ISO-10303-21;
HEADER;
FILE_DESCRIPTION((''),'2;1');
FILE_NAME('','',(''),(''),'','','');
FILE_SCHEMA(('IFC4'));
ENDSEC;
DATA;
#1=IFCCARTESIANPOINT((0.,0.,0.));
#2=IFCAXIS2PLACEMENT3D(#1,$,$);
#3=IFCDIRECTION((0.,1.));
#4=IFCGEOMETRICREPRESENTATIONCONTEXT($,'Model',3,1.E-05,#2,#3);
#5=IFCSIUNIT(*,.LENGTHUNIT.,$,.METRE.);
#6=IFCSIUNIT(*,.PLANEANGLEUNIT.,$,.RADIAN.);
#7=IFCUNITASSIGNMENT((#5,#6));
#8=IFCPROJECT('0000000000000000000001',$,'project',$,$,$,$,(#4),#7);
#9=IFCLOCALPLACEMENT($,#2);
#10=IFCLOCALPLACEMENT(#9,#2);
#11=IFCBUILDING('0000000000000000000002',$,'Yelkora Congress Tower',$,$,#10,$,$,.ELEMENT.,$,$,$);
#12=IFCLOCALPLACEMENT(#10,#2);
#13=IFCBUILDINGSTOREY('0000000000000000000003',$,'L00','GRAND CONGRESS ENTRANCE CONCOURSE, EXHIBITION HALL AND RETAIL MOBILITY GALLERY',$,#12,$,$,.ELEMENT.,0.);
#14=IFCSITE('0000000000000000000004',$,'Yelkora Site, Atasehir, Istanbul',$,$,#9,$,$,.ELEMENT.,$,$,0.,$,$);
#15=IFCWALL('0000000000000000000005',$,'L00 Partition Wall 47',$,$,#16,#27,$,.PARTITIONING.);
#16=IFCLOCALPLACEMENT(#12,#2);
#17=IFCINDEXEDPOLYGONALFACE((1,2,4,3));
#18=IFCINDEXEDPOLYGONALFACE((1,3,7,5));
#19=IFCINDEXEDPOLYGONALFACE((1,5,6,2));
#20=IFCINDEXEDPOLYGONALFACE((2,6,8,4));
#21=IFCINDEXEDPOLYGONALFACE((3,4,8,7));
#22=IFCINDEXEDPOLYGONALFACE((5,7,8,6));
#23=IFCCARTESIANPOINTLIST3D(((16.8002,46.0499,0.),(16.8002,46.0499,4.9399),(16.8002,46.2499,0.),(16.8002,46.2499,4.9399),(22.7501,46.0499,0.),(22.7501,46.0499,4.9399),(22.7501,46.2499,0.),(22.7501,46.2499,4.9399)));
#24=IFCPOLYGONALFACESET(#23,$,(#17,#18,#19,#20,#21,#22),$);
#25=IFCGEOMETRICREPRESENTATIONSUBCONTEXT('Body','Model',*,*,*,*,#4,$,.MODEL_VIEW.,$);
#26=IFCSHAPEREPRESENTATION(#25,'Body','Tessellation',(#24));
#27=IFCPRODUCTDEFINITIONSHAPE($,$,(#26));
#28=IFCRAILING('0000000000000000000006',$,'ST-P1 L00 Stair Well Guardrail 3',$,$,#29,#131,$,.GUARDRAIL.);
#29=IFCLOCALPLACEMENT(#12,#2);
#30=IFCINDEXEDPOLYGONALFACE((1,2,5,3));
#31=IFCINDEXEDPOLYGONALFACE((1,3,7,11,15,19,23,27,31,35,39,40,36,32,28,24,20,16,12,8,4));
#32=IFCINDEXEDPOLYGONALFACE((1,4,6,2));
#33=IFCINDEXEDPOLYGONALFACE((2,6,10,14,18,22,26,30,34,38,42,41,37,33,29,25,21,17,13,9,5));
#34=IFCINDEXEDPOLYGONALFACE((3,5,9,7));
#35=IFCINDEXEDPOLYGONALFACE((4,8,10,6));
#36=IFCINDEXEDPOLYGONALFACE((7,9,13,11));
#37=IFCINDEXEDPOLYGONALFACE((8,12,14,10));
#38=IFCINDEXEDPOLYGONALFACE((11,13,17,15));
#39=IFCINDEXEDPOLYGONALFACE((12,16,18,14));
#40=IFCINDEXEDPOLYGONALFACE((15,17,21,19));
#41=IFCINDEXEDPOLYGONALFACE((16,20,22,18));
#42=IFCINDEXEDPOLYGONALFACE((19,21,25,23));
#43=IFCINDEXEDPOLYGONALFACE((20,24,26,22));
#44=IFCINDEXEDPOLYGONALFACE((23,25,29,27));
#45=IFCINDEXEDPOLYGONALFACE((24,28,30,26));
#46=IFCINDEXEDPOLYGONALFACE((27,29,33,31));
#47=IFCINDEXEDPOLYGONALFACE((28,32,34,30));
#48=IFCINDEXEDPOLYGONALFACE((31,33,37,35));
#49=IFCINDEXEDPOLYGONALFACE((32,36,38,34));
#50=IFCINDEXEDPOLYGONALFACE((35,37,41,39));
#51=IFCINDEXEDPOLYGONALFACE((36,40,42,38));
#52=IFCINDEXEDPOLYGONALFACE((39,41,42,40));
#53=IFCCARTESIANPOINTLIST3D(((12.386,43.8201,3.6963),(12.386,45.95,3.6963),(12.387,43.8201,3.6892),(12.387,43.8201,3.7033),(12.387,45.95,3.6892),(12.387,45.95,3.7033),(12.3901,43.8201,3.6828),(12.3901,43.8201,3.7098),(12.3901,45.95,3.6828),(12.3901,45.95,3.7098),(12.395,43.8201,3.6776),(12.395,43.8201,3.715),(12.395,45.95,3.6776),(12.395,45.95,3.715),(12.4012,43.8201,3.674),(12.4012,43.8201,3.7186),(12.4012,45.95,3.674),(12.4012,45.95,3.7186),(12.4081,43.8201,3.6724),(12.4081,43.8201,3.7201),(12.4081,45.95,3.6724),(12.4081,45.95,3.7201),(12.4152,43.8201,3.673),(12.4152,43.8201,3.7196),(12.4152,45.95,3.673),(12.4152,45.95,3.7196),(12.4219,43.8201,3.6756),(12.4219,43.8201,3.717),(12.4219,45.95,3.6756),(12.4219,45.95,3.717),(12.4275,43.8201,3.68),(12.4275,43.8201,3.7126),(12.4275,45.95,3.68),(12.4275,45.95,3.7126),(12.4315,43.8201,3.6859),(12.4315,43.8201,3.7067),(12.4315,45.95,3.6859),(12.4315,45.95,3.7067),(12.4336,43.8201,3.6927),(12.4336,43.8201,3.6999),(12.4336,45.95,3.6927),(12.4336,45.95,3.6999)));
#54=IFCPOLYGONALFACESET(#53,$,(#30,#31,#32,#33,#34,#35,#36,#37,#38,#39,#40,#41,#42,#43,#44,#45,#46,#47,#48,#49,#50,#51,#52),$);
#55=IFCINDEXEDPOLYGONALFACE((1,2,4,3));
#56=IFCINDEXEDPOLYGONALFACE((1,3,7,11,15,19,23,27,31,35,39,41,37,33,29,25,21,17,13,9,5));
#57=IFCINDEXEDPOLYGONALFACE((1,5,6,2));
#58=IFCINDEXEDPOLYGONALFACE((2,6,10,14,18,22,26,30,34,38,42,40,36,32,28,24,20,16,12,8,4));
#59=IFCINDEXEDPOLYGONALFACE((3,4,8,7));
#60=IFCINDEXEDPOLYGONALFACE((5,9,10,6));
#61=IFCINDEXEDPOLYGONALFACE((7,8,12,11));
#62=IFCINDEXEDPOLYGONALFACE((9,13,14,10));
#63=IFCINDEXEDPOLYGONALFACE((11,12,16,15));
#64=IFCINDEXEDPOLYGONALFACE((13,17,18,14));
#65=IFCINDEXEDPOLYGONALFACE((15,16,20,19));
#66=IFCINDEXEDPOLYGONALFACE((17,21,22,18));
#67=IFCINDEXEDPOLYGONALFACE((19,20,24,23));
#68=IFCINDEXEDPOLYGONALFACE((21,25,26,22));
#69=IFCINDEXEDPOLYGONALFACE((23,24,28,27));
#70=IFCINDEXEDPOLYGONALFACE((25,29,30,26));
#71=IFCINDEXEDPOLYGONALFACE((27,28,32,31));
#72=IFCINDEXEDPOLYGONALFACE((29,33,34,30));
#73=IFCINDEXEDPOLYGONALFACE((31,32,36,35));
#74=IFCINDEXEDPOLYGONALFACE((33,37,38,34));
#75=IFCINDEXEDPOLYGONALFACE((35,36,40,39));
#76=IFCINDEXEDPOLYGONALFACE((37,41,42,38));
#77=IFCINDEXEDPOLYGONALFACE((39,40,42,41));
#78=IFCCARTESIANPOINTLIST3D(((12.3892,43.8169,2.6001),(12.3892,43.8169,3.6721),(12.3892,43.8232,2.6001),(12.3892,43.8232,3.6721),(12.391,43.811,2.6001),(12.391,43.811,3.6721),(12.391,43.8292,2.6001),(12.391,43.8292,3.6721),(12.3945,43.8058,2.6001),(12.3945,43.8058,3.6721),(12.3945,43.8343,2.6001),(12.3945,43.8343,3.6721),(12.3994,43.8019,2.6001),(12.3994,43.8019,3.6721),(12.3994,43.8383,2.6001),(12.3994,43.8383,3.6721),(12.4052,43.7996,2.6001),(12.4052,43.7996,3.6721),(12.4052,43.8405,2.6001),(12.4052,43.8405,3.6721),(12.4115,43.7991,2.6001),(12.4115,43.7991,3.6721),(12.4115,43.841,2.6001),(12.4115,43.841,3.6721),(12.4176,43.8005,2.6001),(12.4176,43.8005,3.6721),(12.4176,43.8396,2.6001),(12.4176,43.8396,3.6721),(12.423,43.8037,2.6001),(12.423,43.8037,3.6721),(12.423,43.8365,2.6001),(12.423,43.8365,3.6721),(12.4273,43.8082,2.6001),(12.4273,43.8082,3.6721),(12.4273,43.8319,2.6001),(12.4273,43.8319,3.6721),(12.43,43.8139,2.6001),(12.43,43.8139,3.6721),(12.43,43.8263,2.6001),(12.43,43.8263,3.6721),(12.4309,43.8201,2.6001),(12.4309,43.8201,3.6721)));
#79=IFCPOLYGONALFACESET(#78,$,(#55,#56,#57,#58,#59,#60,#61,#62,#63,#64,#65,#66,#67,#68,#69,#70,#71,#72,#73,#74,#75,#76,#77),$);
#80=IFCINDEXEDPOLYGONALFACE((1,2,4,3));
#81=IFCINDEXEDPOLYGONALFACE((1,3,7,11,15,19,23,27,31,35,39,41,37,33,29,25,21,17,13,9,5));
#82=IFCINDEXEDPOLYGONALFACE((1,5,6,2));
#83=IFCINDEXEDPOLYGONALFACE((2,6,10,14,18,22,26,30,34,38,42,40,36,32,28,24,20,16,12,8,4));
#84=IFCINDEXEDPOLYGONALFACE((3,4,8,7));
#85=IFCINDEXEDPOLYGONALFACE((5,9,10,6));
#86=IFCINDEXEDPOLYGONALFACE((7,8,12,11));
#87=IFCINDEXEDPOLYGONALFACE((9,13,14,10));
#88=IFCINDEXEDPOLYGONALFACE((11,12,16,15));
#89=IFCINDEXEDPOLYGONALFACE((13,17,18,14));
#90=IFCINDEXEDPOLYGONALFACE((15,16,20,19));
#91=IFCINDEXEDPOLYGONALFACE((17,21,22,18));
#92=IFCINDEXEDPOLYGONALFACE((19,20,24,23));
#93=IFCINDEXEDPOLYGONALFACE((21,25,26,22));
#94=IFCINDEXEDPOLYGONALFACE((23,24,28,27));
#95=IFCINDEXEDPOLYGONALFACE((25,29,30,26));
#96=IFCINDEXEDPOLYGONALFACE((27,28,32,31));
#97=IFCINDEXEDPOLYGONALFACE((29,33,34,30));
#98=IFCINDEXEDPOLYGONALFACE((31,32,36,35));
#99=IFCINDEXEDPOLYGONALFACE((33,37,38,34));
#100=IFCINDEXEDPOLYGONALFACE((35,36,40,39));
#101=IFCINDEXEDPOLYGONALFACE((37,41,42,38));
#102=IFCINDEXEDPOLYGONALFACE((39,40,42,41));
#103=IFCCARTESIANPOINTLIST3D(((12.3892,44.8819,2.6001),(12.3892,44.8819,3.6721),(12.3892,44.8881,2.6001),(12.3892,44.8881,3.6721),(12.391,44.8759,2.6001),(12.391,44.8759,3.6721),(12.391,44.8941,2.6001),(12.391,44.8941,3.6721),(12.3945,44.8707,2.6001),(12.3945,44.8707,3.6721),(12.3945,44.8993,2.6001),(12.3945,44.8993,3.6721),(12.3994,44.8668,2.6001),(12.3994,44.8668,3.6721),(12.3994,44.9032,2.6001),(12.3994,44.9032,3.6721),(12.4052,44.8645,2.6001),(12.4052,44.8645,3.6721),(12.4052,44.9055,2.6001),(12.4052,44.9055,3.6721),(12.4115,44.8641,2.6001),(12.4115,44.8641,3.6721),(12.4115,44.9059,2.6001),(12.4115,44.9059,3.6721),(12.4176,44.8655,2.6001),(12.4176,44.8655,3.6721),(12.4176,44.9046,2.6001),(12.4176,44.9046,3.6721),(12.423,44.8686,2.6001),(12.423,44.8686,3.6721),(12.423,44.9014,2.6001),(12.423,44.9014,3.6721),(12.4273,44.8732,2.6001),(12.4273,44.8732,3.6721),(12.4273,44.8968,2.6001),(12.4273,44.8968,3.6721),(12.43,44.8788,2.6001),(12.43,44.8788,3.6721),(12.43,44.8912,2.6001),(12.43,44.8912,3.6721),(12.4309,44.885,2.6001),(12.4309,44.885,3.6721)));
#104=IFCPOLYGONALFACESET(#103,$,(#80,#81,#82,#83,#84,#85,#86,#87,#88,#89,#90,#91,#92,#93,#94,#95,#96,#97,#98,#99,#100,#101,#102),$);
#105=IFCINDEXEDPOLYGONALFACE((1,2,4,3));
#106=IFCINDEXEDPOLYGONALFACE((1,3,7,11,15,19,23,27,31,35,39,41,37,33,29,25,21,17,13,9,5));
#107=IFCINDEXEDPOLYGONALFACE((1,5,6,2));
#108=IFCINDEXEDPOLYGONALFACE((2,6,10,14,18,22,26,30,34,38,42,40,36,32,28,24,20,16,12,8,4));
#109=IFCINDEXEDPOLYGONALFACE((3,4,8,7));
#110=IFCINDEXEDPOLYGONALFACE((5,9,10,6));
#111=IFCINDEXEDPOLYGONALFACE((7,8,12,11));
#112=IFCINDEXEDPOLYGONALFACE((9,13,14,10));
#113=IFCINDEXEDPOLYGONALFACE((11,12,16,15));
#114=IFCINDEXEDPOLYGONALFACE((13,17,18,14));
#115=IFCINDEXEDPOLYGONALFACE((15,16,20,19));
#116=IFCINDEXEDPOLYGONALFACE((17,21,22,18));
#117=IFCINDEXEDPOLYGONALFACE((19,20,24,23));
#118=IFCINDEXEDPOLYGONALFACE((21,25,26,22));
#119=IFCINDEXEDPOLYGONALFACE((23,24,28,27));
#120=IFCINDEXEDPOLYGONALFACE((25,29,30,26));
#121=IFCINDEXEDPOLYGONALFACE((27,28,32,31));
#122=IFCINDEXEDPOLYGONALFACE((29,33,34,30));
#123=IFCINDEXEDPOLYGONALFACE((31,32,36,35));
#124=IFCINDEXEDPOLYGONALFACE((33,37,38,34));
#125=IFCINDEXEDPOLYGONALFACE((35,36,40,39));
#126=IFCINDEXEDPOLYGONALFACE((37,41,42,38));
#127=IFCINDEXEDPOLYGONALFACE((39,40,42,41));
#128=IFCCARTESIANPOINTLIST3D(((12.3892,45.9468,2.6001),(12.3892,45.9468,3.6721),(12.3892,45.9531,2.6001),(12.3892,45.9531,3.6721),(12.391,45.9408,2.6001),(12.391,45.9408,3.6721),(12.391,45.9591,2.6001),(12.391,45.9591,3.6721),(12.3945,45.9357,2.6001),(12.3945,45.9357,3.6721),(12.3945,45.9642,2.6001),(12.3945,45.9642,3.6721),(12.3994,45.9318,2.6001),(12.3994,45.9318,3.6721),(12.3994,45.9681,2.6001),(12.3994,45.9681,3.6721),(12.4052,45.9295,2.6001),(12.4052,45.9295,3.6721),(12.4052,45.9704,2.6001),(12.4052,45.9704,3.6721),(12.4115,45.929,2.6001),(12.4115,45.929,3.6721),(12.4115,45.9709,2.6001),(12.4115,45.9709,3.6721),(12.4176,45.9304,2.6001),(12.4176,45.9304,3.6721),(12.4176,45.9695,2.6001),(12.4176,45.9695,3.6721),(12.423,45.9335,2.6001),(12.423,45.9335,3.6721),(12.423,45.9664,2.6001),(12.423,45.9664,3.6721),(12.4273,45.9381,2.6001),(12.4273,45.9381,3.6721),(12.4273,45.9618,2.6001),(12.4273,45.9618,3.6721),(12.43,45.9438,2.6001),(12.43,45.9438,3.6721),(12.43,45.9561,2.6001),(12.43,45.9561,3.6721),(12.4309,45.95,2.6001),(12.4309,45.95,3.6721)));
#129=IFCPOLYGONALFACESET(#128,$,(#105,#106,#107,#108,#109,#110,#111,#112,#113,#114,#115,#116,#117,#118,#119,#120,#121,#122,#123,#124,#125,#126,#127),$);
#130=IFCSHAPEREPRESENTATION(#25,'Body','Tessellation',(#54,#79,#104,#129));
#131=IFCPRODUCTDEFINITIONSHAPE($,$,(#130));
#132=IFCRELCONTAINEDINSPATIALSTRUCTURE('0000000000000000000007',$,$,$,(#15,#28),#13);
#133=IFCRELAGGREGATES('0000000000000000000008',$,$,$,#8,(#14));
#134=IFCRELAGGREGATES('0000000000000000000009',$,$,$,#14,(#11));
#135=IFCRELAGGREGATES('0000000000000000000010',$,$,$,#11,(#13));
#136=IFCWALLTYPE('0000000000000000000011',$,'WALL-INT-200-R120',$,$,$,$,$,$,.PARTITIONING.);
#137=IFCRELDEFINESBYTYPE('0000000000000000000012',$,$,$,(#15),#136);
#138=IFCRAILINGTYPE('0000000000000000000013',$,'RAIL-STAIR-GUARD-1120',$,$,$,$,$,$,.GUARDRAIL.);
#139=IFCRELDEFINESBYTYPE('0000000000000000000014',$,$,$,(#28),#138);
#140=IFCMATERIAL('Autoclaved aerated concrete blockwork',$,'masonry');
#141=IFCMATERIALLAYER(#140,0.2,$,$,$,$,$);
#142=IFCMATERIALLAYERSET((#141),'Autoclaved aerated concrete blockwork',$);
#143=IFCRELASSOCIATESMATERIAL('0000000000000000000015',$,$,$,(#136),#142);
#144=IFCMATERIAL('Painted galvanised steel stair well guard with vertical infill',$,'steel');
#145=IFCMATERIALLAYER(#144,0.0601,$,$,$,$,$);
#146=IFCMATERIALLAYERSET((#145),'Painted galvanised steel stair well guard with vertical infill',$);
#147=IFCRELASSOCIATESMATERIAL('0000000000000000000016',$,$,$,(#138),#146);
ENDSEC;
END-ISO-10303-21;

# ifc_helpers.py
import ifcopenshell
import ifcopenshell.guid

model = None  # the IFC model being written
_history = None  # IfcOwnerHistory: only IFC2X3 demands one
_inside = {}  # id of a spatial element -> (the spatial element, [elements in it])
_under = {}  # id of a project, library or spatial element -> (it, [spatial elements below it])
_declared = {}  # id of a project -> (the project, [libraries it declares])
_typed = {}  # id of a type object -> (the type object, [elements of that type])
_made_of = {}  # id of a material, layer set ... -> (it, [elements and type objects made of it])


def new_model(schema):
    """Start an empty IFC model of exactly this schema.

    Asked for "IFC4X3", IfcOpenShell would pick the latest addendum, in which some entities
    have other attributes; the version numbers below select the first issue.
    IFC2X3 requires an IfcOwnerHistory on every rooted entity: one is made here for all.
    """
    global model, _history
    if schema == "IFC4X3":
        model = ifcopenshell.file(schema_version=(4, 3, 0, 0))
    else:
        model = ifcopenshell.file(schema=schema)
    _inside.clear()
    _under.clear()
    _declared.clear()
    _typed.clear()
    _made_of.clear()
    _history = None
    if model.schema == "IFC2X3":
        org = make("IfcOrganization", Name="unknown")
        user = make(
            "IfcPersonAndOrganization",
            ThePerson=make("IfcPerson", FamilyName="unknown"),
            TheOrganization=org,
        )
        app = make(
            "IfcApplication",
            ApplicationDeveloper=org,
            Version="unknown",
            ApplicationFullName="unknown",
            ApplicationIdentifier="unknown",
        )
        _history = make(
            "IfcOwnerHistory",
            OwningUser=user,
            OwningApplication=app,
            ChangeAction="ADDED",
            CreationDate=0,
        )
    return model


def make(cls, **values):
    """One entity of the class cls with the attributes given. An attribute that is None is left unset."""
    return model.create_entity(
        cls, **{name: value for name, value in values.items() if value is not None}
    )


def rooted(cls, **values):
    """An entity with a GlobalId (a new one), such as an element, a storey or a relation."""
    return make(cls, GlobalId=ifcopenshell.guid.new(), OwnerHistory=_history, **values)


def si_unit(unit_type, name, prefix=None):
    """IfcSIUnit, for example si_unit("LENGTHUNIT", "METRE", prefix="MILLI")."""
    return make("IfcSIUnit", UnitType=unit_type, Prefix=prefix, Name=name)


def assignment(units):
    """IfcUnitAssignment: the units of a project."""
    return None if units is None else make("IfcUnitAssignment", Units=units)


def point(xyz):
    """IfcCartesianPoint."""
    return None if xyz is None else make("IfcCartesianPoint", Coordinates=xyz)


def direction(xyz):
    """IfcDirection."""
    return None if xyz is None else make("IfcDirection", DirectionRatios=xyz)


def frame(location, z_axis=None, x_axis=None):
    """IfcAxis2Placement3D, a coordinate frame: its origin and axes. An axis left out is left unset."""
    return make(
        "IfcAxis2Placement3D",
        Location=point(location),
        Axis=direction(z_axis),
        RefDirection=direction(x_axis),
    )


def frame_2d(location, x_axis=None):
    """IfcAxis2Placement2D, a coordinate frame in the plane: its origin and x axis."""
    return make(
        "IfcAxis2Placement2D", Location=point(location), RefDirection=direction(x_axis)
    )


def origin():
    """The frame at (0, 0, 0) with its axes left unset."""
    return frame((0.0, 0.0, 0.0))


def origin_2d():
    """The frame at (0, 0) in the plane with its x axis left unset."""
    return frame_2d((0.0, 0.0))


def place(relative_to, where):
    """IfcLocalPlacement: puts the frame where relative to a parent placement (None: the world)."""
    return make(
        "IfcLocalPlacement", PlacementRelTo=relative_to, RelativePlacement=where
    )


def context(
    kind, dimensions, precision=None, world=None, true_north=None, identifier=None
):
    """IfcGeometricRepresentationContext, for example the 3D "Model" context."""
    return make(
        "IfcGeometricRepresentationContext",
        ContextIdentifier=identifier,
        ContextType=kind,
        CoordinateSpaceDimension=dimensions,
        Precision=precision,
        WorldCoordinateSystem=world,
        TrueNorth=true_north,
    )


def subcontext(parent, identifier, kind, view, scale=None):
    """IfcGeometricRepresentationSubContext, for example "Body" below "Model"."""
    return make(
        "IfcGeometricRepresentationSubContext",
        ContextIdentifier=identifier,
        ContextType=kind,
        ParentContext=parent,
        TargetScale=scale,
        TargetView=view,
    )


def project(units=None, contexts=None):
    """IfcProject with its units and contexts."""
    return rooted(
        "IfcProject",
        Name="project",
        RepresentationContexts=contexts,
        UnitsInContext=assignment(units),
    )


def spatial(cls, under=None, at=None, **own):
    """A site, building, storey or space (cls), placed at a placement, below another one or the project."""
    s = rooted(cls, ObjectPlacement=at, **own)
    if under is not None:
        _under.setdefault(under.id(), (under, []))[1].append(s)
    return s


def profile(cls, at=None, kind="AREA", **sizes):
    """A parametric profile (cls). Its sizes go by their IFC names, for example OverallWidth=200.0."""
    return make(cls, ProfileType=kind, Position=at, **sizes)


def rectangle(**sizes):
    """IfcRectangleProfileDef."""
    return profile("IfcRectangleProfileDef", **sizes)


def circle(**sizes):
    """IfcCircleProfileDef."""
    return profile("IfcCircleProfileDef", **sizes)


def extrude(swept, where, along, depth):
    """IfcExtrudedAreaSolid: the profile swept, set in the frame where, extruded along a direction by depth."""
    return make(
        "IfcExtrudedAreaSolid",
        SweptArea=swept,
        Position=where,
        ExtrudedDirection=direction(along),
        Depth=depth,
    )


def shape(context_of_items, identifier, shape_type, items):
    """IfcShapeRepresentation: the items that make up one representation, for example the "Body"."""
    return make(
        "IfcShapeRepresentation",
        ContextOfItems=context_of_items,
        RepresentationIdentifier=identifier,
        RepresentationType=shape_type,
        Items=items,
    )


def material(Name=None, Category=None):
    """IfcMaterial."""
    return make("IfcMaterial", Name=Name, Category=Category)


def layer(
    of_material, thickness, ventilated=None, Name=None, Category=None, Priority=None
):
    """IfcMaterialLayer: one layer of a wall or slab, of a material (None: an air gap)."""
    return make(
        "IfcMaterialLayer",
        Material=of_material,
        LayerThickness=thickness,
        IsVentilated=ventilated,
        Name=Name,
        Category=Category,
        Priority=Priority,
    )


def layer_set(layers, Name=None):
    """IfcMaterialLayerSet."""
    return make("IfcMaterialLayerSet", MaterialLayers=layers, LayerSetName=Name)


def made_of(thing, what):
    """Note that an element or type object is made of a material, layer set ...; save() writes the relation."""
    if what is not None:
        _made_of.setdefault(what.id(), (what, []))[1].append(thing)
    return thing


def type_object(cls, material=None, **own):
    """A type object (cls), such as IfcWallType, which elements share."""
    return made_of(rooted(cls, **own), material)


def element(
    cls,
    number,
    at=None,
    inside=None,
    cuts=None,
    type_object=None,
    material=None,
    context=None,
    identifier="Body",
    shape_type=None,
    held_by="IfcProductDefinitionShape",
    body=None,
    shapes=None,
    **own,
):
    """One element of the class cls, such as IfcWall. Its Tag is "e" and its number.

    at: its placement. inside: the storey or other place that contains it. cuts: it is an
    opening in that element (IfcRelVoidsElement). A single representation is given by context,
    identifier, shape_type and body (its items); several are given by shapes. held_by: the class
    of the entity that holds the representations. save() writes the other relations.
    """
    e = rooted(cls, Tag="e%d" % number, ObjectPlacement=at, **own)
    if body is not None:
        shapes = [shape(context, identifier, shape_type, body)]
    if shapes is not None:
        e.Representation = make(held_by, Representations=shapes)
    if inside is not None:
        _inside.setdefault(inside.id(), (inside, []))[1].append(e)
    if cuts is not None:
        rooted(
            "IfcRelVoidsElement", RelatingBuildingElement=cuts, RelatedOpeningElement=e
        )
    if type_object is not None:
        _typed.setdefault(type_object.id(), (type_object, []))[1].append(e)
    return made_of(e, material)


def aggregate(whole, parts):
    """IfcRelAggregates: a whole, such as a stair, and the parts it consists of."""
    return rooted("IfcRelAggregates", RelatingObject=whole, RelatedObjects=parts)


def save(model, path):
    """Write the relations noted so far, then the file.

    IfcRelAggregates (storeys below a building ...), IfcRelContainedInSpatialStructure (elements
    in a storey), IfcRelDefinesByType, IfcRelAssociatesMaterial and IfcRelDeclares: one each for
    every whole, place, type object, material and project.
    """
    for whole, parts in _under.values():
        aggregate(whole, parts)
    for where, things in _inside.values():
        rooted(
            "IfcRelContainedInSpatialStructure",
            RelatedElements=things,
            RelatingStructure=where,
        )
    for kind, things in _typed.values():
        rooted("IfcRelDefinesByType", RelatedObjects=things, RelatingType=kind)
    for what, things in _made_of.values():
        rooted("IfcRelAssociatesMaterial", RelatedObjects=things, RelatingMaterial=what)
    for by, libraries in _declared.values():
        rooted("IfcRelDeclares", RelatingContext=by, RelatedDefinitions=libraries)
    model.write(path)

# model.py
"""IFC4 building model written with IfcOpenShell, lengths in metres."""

from ifc_helpers import new_model, si_unit, direction, frame, frame_2d, origin, origin_2d, place, context, subcontext, project, spatial, rectangle, circle, extrude, material, layer, layer_set, type_object, element, save


model = new_model("IFC4")

# Units and contexts
model_context = context("Model", 3, precision=1e-05, world=origin(), true_north=direction((0.0, 1.0)))
body_context = subcontext(model_context, "Body", "Model", "MODEL_VIEW")
ifc_project = project(units=[si_unit("LENGTHUNIT", "METRE"), si_unit("PLANEANGLEUNIT", "RADIAN")], contexts=[model_context])

# Site, building, storey
site_placement = place(None, origin())
site = spatial("IfcSite", under=ifc_project, at=site_placement, Name="Yelkora Site, Atasehir, Istanbul", CompositionType="ELEMENT", RefElevation=0.0)
building_placement = place(site_placement, origin())
building = spatial("IfcBuilding", under=site, at=building_placement, Name="Yelkora Congress Tower", CompositionType="ELEMENT")
storey_placement = place(building_placement, origin())
storey = spatial("IfcBuildingStorey", under=building, at=storey_placement, Name="L00", Description="GRAND CONGRESS ENTRANCE CONCOURSE, EXHIBITION HALL AND RETAIL MOBILITY GALLERY", CompositionType="ELEMENT", Elevation=0.0)

# Shared definitions
ifc_material_1 = material(Name="Autoclaved aerated concrete blockwork", Category="masonry")
ifc_layer_1 = layer(ifc_material_1, 0.2)
ifc_layer_set_1 = layer_set([ifc_layer_1], Name="Autoclaved aerated concrete blockwork")
wall_type_1 = type_object("IfcWallType", Name="WALL-INT-200-R120", PredefinedType="PARTITIONING", material=ifc_layer_set_1)

# Wall
wall_1_placement = place(storey_placement, frame((16.8, 46.1499, 0.0), z_axis=(0.0, 0.0, 1.0), x_axis=(1.0, 0.0, 0.0)))
element("IfcWall", 1, at=wall_1_placement, inside=storey, type_object=wall_type_1, Name="L00 Partition Wall 47", PredefinedType="PARTITIONING", context=body_context, shape_type="SweptSolid", body=[
    extrude(rectangle(XDim=5.95, YDim=0.2, at=frame_2d((2.9751, 0.0))), origin(), (0.0, 0.0, 1.0), 4.9399),
])

# Railing
ifc_material_2 = material(Name="Painted galvanised steel stair well guard with vertical infill", Category="steel")
ifc_layer_2 = layer(ifc_material_2, 0.0601)
ifc_layer_set_2 = layer_set([ifc_layer_2], Name="Painted galvanised steel stair well guard with vertical infill")
railing_type_1 = type_object("IfcRailingType", Name="RAIL-STAIR-GUARD-1120", PredefinedType="GUARDRAIL", material=ifc_layer_set_2)
railing_1_placement = place(storey_placement, frame((12.4099, 43.8201, 2.6001)))
element("IfcRailing", 2, at=railing_1_placement, inside=storey, type_object=railing_type_1, Name="ST-P1 L00 Stair Well Guardrail 3", PredefinedType="GUARDRAIL", context=body_context, shape_type="SweptSolid", body=[
    extrude(circle(Radius=0.0239, at=origin_2d()), frame((0.0, 0.0, 1.0962), z_axis=(0.0, 1.0, 0.0), x_axis=(-1.0, 0.0, 0.0)), (0.0, 0.0, 1.0), 2.1299),
    extrude(circle(Radius=0.021, at=origin_2d()), origin(), (0.0, 0.0, 1.0), 1.072),
    extrude(circle(Radius=0.021, at=origin_2d()), frame((0.0, 1.0649, 0.0)), (0.0, 0.0, 1.0), 1.072),
    extrude(circle(Radius=0.021, at=origin_2d()), frame((0.0, 2.1299, 0.0)), (0.0, 0.0, 1.0), 1.072),
])

save(model, "model.ifc")
